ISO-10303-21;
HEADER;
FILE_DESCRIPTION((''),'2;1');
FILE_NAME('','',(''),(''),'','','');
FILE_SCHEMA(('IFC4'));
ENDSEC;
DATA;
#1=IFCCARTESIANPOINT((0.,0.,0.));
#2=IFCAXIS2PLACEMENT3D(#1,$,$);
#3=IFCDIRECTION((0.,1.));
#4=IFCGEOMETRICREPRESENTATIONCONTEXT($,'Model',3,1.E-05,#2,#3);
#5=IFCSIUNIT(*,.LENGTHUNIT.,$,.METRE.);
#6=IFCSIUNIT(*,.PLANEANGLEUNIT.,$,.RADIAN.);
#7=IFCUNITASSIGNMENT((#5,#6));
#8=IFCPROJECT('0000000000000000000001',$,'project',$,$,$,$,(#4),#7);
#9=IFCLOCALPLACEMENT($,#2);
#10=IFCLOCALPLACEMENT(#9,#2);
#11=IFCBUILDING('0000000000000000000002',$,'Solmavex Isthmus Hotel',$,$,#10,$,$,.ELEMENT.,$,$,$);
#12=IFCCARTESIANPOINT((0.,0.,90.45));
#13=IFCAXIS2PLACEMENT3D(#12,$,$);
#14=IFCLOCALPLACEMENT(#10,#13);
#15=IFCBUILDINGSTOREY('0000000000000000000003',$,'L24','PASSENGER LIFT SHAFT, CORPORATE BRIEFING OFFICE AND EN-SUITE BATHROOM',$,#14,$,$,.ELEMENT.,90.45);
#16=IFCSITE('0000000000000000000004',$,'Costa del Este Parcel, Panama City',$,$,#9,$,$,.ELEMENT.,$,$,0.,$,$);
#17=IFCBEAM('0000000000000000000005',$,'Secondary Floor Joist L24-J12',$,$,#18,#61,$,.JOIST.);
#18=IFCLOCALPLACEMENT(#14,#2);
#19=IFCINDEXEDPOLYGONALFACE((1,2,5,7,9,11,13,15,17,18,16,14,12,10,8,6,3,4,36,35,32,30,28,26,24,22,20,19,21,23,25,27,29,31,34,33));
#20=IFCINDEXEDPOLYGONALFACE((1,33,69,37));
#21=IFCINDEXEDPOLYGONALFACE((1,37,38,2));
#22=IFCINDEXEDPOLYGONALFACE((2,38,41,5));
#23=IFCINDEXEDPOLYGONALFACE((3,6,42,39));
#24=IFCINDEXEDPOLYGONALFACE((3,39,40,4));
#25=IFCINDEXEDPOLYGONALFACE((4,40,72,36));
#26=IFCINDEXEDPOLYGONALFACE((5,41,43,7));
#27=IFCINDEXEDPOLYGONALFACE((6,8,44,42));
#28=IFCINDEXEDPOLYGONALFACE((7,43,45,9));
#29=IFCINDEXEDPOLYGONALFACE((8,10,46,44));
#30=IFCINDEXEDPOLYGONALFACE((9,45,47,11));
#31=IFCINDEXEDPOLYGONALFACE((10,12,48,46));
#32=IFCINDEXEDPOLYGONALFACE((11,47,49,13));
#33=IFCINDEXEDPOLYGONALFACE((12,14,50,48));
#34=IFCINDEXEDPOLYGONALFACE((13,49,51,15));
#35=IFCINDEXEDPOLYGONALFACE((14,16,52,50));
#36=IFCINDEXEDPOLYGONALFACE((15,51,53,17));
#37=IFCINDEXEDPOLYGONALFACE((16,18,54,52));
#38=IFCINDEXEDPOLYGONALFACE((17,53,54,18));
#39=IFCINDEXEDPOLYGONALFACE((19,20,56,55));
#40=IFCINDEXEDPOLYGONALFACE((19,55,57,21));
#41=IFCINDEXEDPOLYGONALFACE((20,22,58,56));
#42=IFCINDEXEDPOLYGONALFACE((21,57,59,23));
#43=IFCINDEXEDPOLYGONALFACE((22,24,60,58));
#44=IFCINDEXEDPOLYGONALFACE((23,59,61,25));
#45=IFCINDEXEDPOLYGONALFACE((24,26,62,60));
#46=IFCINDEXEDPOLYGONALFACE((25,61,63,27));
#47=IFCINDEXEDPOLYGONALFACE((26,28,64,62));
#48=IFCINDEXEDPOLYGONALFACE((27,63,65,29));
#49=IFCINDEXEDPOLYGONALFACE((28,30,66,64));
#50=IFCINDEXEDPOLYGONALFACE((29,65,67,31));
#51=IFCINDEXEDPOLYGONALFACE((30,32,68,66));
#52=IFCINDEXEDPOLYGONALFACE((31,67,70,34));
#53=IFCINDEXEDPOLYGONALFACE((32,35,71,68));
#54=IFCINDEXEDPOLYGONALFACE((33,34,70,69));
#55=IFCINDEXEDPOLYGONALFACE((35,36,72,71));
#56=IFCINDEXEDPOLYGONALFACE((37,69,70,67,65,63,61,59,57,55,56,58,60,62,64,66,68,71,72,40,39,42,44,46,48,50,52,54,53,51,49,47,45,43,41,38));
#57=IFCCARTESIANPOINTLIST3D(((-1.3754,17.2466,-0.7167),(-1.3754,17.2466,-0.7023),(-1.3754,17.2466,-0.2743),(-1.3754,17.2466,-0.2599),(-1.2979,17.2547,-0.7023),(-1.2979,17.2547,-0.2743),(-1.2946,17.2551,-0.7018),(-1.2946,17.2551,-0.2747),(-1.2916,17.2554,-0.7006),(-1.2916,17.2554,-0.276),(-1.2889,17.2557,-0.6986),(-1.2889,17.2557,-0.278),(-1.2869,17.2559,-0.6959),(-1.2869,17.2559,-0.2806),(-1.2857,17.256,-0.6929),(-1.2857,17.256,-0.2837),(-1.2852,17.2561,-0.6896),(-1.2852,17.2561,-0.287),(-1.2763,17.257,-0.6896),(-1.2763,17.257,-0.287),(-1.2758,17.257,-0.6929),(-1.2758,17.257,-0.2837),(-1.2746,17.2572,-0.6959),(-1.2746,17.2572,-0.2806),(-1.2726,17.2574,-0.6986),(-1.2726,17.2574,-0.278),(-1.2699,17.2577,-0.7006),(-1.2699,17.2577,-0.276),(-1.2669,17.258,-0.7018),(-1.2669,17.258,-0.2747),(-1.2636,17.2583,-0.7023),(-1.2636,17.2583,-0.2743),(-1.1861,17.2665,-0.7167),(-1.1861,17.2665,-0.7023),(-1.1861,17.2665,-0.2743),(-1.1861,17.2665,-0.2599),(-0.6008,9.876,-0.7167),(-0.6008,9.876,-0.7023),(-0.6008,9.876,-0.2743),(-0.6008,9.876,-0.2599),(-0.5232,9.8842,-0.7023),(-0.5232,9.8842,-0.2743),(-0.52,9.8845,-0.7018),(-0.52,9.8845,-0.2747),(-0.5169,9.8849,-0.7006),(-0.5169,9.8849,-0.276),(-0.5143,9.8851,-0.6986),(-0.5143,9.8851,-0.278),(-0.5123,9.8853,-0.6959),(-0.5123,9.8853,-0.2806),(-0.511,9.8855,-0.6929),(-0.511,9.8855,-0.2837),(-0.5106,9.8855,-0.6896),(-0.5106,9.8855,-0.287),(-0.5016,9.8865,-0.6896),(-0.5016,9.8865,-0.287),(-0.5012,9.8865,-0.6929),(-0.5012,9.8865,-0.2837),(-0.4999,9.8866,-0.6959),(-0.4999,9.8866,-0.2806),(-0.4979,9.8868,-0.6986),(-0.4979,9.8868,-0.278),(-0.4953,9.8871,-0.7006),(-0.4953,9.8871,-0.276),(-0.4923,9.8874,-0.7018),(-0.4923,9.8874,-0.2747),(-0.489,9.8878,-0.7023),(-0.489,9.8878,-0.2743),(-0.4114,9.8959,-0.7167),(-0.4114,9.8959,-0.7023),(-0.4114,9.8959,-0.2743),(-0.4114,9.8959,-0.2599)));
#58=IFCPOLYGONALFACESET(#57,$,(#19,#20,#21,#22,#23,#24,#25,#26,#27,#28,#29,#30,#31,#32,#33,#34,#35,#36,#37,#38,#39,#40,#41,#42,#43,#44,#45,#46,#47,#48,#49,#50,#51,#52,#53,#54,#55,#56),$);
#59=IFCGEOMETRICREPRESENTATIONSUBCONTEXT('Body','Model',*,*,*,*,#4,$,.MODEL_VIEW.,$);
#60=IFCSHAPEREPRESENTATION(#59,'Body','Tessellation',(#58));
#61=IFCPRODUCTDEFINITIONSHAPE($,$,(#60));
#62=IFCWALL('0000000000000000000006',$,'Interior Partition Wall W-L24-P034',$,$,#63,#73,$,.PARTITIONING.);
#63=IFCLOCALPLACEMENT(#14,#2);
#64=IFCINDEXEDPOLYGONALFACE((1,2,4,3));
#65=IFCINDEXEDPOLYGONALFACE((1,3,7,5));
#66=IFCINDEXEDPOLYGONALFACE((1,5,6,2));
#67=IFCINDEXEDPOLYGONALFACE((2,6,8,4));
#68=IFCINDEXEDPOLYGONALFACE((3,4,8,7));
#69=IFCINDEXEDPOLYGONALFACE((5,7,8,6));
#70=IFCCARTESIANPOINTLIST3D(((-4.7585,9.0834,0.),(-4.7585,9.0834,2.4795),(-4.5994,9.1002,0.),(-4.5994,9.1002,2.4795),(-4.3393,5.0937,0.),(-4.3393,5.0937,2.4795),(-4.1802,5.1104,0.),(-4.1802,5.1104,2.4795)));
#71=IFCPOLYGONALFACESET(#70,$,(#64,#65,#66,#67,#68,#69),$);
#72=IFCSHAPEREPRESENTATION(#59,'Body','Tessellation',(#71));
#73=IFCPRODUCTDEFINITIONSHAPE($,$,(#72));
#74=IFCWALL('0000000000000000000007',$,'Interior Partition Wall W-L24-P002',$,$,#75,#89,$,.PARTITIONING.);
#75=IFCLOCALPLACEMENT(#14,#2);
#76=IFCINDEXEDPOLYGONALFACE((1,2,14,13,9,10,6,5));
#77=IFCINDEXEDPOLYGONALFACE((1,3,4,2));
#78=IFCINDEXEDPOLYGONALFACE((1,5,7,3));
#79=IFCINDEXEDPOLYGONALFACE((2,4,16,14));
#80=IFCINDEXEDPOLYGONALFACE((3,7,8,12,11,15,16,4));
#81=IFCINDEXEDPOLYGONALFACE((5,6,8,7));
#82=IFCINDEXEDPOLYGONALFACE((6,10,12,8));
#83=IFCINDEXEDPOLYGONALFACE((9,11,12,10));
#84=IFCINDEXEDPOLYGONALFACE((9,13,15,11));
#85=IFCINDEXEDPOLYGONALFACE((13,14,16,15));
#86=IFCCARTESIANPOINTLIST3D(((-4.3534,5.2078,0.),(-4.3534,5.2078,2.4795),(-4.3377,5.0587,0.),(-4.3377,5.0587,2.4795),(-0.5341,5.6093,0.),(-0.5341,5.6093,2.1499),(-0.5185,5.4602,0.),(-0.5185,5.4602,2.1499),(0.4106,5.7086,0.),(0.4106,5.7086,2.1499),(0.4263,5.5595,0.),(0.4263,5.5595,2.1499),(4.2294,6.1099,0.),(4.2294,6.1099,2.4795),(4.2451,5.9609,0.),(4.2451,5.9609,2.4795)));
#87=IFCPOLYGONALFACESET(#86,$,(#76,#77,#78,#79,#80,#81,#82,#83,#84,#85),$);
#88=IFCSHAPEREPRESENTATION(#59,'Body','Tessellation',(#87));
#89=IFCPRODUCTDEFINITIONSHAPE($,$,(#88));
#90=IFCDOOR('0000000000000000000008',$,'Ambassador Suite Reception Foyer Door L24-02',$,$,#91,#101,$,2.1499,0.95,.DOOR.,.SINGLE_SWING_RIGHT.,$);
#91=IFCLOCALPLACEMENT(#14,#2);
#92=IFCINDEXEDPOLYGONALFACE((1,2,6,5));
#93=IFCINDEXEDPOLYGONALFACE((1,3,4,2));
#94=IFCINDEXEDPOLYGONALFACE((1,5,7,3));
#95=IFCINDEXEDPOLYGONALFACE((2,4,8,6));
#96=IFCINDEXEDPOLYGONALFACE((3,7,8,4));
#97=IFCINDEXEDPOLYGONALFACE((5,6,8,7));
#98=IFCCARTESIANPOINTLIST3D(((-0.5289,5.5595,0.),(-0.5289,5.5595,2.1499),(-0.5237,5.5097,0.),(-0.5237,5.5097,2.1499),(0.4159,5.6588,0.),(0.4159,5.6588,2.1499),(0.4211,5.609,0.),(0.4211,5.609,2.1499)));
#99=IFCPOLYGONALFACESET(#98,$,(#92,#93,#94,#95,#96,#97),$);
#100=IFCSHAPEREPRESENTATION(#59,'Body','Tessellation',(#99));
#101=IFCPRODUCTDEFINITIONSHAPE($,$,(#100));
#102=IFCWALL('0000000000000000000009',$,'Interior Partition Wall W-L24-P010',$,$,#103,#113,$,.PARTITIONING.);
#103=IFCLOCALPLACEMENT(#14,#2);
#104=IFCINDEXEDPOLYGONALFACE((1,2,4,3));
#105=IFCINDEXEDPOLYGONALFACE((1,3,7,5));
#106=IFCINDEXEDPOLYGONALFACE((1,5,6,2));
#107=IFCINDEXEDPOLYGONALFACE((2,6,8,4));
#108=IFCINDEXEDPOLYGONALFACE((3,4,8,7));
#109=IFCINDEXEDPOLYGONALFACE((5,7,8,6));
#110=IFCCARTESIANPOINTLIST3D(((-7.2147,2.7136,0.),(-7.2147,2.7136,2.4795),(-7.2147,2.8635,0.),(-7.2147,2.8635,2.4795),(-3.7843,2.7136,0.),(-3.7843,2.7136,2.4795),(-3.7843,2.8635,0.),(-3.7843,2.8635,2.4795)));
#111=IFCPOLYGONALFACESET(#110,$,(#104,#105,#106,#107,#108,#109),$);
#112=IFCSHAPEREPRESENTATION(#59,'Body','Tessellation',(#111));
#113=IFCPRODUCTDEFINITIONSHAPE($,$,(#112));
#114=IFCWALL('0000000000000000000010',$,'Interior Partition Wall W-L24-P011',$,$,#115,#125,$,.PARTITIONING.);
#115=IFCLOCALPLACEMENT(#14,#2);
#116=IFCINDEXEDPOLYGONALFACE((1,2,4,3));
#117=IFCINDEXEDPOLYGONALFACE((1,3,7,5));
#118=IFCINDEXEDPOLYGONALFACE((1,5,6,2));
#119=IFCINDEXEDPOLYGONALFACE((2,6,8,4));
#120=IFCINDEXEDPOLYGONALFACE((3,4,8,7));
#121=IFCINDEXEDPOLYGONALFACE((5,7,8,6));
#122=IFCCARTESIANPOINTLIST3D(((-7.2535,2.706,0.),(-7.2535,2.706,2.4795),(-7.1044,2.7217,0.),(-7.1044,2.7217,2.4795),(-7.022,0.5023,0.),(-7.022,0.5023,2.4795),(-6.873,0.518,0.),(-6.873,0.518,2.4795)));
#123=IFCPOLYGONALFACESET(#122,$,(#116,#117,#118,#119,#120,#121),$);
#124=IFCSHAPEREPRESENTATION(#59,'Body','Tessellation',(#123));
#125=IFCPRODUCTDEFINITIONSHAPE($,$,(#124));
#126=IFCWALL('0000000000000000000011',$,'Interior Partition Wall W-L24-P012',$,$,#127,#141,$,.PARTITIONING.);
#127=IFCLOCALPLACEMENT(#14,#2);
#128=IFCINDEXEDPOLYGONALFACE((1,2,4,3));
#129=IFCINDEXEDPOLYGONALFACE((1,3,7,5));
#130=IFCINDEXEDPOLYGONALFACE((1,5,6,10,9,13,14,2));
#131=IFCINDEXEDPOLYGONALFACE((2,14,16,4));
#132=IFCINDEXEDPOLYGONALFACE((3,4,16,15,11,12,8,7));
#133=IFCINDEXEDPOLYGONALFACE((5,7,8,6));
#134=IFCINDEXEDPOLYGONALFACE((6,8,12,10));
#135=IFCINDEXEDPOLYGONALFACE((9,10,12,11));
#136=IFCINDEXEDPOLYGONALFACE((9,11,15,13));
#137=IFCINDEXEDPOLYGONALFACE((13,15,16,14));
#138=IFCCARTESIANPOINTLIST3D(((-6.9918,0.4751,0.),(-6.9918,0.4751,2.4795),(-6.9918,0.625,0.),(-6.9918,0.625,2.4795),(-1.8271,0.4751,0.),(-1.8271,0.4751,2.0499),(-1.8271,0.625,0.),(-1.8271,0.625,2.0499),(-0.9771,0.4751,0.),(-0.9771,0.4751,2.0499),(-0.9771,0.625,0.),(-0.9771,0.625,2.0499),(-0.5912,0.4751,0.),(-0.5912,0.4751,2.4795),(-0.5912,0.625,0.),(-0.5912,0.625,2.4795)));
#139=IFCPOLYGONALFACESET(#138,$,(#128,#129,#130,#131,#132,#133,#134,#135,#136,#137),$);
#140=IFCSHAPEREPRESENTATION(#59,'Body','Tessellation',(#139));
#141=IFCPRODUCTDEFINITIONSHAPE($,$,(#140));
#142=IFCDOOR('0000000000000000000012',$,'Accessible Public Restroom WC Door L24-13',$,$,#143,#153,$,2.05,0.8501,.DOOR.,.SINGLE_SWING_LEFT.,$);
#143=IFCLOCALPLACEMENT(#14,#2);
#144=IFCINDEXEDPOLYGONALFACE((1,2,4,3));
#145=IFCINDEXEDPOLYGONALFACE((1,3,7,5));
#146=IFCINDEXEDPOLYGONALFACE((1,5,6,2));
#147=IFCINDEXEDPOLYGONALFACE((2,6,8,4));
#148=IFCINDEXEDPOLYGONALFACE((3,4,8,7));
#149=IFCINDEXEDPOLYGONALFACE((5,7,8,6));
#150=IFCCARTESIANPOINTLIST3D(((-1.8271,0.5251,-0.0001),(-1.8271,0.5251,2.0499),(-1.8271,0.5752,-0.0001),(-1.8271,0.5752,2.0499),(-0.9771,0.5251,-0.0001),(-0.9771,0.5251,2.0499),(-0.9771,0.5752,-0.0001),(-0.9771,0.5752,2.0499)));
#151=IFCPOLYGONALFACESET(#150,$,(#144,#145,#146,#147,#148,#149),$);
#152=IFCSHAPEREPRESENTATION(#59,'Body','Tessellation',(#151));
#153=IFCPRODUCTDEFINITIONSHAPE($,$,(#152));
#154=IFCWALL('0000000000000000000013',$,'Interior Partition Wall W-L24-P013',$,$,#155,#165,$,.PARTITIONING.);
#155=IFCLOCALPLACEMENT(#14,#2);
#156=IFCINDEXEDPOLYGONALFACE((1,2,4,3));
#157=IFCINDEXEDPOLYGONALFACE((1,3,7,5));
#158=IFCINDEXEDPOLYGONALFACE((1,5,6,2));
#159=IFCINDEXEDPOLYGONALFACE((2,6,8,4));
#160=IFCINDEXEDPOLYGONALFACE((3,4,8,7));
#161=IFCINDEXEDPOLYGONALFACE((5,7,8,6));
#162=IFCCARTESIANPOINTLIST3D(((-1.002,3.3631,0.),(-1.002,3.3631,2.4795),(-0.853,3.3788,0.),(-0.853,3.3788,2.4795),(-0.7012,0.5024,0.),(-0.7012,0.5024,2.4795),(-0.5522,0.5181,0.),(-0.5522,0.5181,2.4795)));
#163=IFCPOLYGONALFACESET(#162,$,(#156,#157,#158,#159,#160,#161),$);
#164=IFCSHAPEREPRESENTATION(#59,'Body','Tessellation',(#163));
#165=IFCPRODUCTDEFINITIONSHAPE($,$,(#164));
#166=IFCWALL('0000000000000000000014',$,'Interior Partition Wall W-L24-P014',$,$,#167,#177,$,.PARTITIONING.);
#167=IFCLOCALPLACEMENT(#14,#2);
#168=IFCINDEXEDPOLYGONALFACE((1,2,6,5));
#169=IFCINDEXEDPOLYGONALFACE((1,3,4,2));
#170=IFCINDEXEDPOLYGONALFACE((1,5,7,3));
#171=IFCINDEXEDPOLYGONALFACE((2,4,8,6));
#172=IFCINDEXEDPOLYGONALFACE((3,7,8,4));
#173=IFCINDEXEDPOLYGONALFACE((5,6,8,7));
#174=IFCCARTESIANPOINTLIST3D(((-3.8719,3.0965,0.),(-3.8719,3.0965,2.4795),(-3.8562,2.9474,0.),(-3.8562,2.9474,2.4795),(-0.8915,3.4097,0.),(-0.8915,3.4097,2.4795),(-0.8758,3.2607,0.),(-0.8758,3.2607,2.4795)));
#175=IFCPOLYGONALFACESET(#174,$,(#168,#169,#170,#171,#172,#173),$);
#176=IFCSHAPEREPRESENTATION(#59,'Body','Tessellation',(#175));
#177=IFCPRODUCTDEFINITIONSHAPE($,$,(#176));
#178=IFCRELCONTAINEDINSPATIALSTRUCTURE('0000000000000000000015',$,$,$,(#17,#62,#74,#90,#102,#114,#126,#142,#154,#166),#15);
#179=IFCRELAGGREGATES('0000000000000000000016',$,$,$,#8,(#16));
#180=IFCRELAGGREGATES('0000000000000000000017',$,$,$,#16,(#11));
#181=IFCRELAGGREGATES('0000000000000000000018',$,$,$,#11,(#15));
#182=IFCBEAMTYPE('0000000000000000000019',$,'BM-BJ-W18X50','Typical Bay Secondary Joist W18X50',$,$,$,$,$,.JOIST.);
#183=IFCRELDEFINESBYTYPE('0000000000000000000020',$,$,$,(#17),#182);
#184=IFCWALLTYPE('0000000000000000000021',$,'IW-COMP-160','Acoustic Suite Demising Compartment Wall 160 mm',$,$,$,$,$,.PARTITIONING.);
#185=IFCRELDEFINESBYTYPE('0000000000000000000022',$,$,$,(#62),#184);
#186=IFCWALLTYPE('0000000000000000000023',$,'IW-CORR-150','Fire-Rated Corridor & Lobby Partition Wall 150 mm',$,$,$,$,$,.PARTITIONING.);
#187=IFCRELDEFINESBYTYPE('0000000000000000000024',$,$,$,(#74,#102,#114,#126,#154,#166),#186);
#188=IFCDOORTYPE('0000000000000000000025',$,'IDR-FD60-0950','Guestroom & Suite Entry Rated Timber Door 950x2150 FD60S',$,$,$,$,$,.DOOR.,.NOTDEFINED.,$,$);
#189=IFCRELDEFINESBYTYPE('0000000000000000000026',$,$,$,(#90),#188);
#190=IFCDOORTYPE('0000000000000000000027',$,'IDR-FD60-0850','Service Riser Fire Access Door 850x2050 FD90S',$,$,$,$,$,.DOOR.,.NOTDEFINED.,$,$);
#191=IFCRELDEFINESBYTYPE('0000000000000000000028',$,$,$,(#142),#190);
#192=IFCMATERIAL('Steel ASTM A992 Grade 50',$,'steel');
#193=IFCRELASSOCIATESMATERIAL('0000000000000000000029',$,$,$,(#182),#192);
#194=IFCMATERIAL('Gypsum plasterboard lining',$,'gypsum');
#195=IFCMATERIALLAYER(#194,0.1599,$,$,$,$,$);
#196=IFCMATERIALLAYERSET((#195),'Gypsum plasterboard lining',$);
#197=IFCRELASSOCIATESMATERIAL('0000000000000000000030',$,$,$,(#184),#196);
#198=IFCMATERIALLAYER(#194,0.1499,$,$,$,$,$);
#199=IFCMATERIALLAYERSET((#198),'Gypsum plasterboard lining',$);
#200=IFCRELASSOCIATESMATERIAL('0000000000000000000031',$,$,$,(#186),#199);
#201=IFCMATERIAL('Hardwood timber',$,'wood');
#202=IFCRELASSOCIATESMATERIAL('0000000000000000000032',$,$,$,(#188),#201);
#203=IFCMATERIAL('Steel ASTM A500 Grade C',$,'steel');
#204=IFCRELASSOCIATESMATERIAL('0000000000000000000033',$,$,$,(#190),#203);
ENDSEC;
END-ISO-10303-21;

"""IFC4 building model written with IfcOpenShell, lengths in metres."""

from ifc_helpers import new_model, si_unit, direction, frame, frame_2d, origin, origin_2d, place, context, subcontext, project, spatial, rectangle, i_section, extrude, material, layer, layer_set, material_profile, profile_set, type_object, element, fill, save


model = new_model("IFC4")

# Units and contexts
model_context = context("Model", 3, precision=1e-05, world=origin(), true_north=direction((0.0, 1.0)))
body_context = subcontext(model_context, "Body", "Model", "MODEL_VIEW")
ifc_project = project(units=[si_unit("LENGTHUNIT", "METRE"), si_unit("PLANEANGLEUNIT", "RADIAN")], contexts=[model_context])

# Site, building, storey
site_placement = place(None, origin())
site = spatial("IfcSite", under=ifc_project, at=site_placement, Name="Costa del Este Parcel, Panama City", CompositionType="ELEMENT", RefElevation=0.0)
building_placement = place(site_placement, origin())
building = spatial("IfcBuilding", under=site, at=building_placement, Name="Solmavex Isthmus Hotel", CompositionType="ELEMENT")
storey_placement = place(building_placement, frame((0.0, 0.0, 90.45)))
storey = spatial("IfcBuildingStorey", under=building, at=storey_placement, Name="L24", Description="PASSENGER LIFT SHAFT, CORPORATE BRIEFING OFFICE AND EN-SUITE BATHROOM", CompositionType="ELEMENT", Elevation=90.45)

# Beam
ifc_material_1 = material(Name="Steel ASTM A992 Grade 50", Category="steel")
ifc_material_profile_1 = material_profile(ifc_material_1, i_section(OverallWidth=0.1904, OverallDepth=0.4568, WebThickness=0.009, FlangeThickness=0.0144, FilletRadius=0.0127, at=origin_2d()), Name="W18X50")
ifc_profile_set_1 = profile_set([ifc_material_profile_1], Name="Steel ASTM A992 Grade 50")
beam_type_1 = type_object("IfcBeamType", Name="BM-BJ-W18X50", Description="Typical Bay Secondary Joist W18X50", PredefinedType="JOIST", material=ifc_profile_set_1)
beam_1_placement = place(storey_placement, frame((-0.5061, 9.886, -0.4883), z_axis=(-0.104525, 0.994522, 0.0), x_axis=(-0.994522, -0.104525, 0.0)))
element("IfcBeam", 1, at=beam_1_placement, inside=storey, type_object=beam_type_1, Name="Secondary Floor Joist L24-J12", PredefinedType="JOIST", context=body_context, shape_type="SweptSolid", body=[
    extrude(i_section(OverallWidth=0.1904, OverallDepth=0.4568, WebThickness=0.009, FlangeThickness=0.0144, FilletRadius=0.0127, at=origin_2d()), origin(), (0.0, 0.0, 1.0), 7.4111),
])

# Wall
ifc_material_2 = material(Name="Gypsum plasterboard lining", Category="gypsum")
ifc_layer_1 = layer(ifc_material_2, 0.1599)
ifc_layer_set_1 = layer_set([ifc_layer_1], Name="Gypsum plasterboard lining")
wall_type_1 = type_object("IfcWallType", Name="IW-COMP-160", Description="Acoustic Suite Demising Compartment Wall 160 mm", PredefinedType="PARTITIONING", material=ifc_layer_set_1)
wall_1_placement = place(storey_placement, frame((-4.679, 9.0918, 0.0), z_axis=(0.0, 0.0, 1.0), x_axis=(0.104492, -0.994526, 0.0)))
element("IfcWall", 2, at=wall_1_placement, inside=storey, type_object=wall_type_1, Name="Interior Partition Wall W-L24-P034", PredefinedType="PARTITIONING", context=body_context, shape_type="SweptSolid", body=[
    extrude(rectangle(XDim=4.0117, YDim=0.1599, at=frame_2d((2.0059, 0.0))), origin(), (0.0, 0.0, 1.0), 2.4795),
])

# Wall, opening, door
ifc_layer_2 = layer(ifc_material_2, 0.1499)
ifc_layer_set_2 = layer_set([ifc_layer_2], Name="Gypsum plasterboard lining")
wall_type_2 = type_object("IfcWallType", Name="IW-CORR-150", Description="Fire-Rated Corridor & Lobby Partition Wall 150 mm", PredefinedType="PARTITIONING", material=ifc_layer_set_2)
wall_2_placement = place(storey_placement, frame((-4.3455, 5.1333, 0.0), z_axis=(0.0, 0.0, 1.0), x_axis=(0.994522, 0.10453, 0.0)))
wall_2 = element("IfcWall", 3, at=wall_2_placement, inside=storey, type_object=wall_type_2, Name="Interior Partition Wall W-L24-P002", PredefinedType="PARTITIONING", context=body_context, shape_type="SweptSolid", body=[
    extrude(rectangle(XDim=8.6301, YDim=0.1499, at=frame_2d((4.3149, 0.0))), origin(), (0.0, 0.0, 1.0), 2.4795),
])
opening_1_placement = place(wall_2_placement, frame((3.8401, 0.0, 0.0)))
opening_1 = element("IfcOpeningElement", 4, at=opening_1_placement, cuts=wall_2, PredefinedType="OPENING", context=body_context, shape_type="SweptSolid", body=[
    extrude(rectangle(XDim=0.95, YDim=2.1499, at=frame_2d((0.4751, 1.075))), frame((0.0, 0.085, 0.0), z_axis=(0.0, -1.0, 0.0), x_axis=(1.0, 0.0, 0.0)), (0.0, 0.0, 1.0), 0.1699),
])
ifc_material_3 = material(Name="Hardwood timber", Category="wood")
door_type_1 = type_object("IfcDoorType", Name="IDR-FD60-0950", Description="Guestroom & Suite Entry Rated Timber Door 950x2150 FD60S", OperationType="NOTDEFINED", PredefinedType="DOOR", material=ifc_material_3)
door_1_placement = place(opening_1_placement, origin())
door_1 = element("IfcDoor", 5, at=door_1_placement, inside=storey, type_object=door_type_1, Name="Ambassador Suite Reception Foyer Door L24-02", OperationType="SINGLE_SWING_RIGHT", OverallHeight=2.1499, OverallWidth=0.95, PredefinedType="DOOR", context=body_context, shape_type="SweptSolid", body=[
    extrude(rectangle(XDim=0.95, YDim=2.1499, at=frame_2d((0.4751, 1.075))), frame((0.0, 0.0249, 0.0), z_axis=(0.0, -1.0, 0.0), x_axis=(1.0, 0.0, 0.0)), (0.0, 0.0, 1.0), 0.05),
])
fill(opening_1, door_1)

# Walls
wall_3_placement = place(storey_placement, frame((-3.7842, 2.7886, 0.0), z_axis=(0.0, 0.0, 1.0), x_axis=(-1.0, 0.0, 0.0)))
element("IfcWall", 6, at=wall_3_placement, inside=storey, type_object=wall_type_2, Name="Interior Partition Wall W-L24-P010", PredefinedType="PARTITIONING", context=body_context, shape_type="SweptSolid", body=[
    extrude(rectangle(XDim=3.4304, YDim=0.1499, at=frame_2d((1.7153, 0.0))), origin(), (0.0, 0.0, 1.0), 2.4795),
])
wall_4_placement = place(storey_placement, frame((-7.179, 2.7139, 0.0), z_axis=(0.0, 0.0, 1.0), x_axis=(0.104455, -0.99453, 0.0)))
element("IfcWall", 7, at=wall_4_placement, inside=storey, type_object=wall_type_2, Name="Interior Partition Wall W-L24-P011", PredefinedType="PARTITIONING", context=body_context, shape_type="SweptSolid", body=[
    extrude(rectangle(XDim=2.2158, YDim=0.1499, at=frame_2d((1.1079, 0.0))), origin(), (0.0, 0.0, 1.0), 2.4795),
])

# Wall, opening, door
wall_5_placement = place(storey_placement, frame((-6.9917, 0.55, 0.0), z_axis=(0.0, 0.0, 1.0), x_axis=(1.0, 0.0, 0.0)))
wall_5 = element("IfcWall", 8, at=wall_5_placement, inside=storey, type_object=wall_type_2, Name="Interior Partition Wall W-L24-P012", PredefinedType="PARTITIONING", context=body_context, shape_type="SweptSolid", body=[
    extrude(rectangle(XDim=6.4006, YDim=0.1499, at=frame_2d((3.2002, 0.0))), origin(), (0.0, 0.0, 1.0), 2.4795),
])
opening_2_placement = place(wall_5_placement, frame((5.1646, 0.0, 0.0)))
opening_2 = element("IfcOpeningElement", 9, at=opening_2_placement, cuts=wall_5, PredefinedType="OPENING", context=body_context, shape_type="SweptSolid", body=[
    extrude(rectangle(XDim=0.8501, YDim=2.05, at=frame_2d((0.425, 1.0249))), frame((0.0, 0.085, 0.0), z_axis=(0.0, -1.0, 0.0), x_axis=(1.0, 0.0, 0.0)), (0.0, 0.0, 1.0), 0.1699),
])
ifc_material_4 = material(Name="Steel ASTM A500 Grade C", Category="steel")
door_type_2 = type_object("IfcDoorType", Name="IDR-FD60-0850", Description="Service Riser Fire Access Door 850x2050 FD90S", OperationType="NOTDEFINED", PredefinedType="DOOR", material=ifc_material_4)
door_2_placement = place(opening_2_placement, frame((0.8501, 0.0, 0.0), z_axis=(0.0, 0.0, 1.0), x_axis=(-1.0, 0.0, 0.0)))
door_2 = element("IfcDoor", 10, at=door_2_placement, inside=storey, type_object=door_type_2, Name="Accessible Public Restroom WC Door L24-13", OperationType="SINGLE_SWING_LEFT", OverallHeight=2.05, OverallWidth=0.8501, PredefinedType="DOOR", context=body_context, shape_type="SweptSolid", body=[
    extrude(rectangle(XDim=0.8501, YDim=2.05, at=frame_2d((0.425, 1.0249))), frame((0.0, 0.0249, 0.0), z_axis=(0.0, -1.0, 0.0), x_axis=(1.0, 0.0, 0.0)), (0.0, 0.0, 1.0), 0.05),
])
fill(opening_2, door_2)

# Walls
wall_6_placement = place(storey_placement, frame((-0.6267, 0.5103, 0.0), z_axis=(0.0, 0.0, 1.0), x_axis=(-0.10457, 0.994518, 0.0)))
element("IfcWall", 11, at=wall_6_placement, inside=storey, type_object=wall_type_2, Name="Interior Partition Wall W-L24-P013", PredefinedType="PARTITIONING", context=body_context, shape_type="SweptSolid", body=[
    extrude(rectangle(XDim=2.8765, YDim=0.1499, at=frame_2d((1.4382, 0.0))), origin(), (0.0, 0.0, 1.0), 2.4795),
])
wall_7_placement = place(storey_placement, frame((-0.8835, 3.3352, 0.0), z_axis=(0.0, 0.0, 1.0), x_axis=(-0.994523, -0.104519, 0.0)))
element("IfcWall", 12, at=wall_7_placement, inside=storey, type_object=wall_type_2, Name="Interior Partition Wall W-L24-P014", PredefinedType="PARTITIONING", context=body_context, shape_type="SweptSolid", body=[
    extrude(rectangle(XDim=2.9968, YDim=0.1499, at=frame_2d((1.4985, 0.0))), origin(), (0.0, 0.0, 1.0), 2.4795),
])

save(model, "model.ifc")
